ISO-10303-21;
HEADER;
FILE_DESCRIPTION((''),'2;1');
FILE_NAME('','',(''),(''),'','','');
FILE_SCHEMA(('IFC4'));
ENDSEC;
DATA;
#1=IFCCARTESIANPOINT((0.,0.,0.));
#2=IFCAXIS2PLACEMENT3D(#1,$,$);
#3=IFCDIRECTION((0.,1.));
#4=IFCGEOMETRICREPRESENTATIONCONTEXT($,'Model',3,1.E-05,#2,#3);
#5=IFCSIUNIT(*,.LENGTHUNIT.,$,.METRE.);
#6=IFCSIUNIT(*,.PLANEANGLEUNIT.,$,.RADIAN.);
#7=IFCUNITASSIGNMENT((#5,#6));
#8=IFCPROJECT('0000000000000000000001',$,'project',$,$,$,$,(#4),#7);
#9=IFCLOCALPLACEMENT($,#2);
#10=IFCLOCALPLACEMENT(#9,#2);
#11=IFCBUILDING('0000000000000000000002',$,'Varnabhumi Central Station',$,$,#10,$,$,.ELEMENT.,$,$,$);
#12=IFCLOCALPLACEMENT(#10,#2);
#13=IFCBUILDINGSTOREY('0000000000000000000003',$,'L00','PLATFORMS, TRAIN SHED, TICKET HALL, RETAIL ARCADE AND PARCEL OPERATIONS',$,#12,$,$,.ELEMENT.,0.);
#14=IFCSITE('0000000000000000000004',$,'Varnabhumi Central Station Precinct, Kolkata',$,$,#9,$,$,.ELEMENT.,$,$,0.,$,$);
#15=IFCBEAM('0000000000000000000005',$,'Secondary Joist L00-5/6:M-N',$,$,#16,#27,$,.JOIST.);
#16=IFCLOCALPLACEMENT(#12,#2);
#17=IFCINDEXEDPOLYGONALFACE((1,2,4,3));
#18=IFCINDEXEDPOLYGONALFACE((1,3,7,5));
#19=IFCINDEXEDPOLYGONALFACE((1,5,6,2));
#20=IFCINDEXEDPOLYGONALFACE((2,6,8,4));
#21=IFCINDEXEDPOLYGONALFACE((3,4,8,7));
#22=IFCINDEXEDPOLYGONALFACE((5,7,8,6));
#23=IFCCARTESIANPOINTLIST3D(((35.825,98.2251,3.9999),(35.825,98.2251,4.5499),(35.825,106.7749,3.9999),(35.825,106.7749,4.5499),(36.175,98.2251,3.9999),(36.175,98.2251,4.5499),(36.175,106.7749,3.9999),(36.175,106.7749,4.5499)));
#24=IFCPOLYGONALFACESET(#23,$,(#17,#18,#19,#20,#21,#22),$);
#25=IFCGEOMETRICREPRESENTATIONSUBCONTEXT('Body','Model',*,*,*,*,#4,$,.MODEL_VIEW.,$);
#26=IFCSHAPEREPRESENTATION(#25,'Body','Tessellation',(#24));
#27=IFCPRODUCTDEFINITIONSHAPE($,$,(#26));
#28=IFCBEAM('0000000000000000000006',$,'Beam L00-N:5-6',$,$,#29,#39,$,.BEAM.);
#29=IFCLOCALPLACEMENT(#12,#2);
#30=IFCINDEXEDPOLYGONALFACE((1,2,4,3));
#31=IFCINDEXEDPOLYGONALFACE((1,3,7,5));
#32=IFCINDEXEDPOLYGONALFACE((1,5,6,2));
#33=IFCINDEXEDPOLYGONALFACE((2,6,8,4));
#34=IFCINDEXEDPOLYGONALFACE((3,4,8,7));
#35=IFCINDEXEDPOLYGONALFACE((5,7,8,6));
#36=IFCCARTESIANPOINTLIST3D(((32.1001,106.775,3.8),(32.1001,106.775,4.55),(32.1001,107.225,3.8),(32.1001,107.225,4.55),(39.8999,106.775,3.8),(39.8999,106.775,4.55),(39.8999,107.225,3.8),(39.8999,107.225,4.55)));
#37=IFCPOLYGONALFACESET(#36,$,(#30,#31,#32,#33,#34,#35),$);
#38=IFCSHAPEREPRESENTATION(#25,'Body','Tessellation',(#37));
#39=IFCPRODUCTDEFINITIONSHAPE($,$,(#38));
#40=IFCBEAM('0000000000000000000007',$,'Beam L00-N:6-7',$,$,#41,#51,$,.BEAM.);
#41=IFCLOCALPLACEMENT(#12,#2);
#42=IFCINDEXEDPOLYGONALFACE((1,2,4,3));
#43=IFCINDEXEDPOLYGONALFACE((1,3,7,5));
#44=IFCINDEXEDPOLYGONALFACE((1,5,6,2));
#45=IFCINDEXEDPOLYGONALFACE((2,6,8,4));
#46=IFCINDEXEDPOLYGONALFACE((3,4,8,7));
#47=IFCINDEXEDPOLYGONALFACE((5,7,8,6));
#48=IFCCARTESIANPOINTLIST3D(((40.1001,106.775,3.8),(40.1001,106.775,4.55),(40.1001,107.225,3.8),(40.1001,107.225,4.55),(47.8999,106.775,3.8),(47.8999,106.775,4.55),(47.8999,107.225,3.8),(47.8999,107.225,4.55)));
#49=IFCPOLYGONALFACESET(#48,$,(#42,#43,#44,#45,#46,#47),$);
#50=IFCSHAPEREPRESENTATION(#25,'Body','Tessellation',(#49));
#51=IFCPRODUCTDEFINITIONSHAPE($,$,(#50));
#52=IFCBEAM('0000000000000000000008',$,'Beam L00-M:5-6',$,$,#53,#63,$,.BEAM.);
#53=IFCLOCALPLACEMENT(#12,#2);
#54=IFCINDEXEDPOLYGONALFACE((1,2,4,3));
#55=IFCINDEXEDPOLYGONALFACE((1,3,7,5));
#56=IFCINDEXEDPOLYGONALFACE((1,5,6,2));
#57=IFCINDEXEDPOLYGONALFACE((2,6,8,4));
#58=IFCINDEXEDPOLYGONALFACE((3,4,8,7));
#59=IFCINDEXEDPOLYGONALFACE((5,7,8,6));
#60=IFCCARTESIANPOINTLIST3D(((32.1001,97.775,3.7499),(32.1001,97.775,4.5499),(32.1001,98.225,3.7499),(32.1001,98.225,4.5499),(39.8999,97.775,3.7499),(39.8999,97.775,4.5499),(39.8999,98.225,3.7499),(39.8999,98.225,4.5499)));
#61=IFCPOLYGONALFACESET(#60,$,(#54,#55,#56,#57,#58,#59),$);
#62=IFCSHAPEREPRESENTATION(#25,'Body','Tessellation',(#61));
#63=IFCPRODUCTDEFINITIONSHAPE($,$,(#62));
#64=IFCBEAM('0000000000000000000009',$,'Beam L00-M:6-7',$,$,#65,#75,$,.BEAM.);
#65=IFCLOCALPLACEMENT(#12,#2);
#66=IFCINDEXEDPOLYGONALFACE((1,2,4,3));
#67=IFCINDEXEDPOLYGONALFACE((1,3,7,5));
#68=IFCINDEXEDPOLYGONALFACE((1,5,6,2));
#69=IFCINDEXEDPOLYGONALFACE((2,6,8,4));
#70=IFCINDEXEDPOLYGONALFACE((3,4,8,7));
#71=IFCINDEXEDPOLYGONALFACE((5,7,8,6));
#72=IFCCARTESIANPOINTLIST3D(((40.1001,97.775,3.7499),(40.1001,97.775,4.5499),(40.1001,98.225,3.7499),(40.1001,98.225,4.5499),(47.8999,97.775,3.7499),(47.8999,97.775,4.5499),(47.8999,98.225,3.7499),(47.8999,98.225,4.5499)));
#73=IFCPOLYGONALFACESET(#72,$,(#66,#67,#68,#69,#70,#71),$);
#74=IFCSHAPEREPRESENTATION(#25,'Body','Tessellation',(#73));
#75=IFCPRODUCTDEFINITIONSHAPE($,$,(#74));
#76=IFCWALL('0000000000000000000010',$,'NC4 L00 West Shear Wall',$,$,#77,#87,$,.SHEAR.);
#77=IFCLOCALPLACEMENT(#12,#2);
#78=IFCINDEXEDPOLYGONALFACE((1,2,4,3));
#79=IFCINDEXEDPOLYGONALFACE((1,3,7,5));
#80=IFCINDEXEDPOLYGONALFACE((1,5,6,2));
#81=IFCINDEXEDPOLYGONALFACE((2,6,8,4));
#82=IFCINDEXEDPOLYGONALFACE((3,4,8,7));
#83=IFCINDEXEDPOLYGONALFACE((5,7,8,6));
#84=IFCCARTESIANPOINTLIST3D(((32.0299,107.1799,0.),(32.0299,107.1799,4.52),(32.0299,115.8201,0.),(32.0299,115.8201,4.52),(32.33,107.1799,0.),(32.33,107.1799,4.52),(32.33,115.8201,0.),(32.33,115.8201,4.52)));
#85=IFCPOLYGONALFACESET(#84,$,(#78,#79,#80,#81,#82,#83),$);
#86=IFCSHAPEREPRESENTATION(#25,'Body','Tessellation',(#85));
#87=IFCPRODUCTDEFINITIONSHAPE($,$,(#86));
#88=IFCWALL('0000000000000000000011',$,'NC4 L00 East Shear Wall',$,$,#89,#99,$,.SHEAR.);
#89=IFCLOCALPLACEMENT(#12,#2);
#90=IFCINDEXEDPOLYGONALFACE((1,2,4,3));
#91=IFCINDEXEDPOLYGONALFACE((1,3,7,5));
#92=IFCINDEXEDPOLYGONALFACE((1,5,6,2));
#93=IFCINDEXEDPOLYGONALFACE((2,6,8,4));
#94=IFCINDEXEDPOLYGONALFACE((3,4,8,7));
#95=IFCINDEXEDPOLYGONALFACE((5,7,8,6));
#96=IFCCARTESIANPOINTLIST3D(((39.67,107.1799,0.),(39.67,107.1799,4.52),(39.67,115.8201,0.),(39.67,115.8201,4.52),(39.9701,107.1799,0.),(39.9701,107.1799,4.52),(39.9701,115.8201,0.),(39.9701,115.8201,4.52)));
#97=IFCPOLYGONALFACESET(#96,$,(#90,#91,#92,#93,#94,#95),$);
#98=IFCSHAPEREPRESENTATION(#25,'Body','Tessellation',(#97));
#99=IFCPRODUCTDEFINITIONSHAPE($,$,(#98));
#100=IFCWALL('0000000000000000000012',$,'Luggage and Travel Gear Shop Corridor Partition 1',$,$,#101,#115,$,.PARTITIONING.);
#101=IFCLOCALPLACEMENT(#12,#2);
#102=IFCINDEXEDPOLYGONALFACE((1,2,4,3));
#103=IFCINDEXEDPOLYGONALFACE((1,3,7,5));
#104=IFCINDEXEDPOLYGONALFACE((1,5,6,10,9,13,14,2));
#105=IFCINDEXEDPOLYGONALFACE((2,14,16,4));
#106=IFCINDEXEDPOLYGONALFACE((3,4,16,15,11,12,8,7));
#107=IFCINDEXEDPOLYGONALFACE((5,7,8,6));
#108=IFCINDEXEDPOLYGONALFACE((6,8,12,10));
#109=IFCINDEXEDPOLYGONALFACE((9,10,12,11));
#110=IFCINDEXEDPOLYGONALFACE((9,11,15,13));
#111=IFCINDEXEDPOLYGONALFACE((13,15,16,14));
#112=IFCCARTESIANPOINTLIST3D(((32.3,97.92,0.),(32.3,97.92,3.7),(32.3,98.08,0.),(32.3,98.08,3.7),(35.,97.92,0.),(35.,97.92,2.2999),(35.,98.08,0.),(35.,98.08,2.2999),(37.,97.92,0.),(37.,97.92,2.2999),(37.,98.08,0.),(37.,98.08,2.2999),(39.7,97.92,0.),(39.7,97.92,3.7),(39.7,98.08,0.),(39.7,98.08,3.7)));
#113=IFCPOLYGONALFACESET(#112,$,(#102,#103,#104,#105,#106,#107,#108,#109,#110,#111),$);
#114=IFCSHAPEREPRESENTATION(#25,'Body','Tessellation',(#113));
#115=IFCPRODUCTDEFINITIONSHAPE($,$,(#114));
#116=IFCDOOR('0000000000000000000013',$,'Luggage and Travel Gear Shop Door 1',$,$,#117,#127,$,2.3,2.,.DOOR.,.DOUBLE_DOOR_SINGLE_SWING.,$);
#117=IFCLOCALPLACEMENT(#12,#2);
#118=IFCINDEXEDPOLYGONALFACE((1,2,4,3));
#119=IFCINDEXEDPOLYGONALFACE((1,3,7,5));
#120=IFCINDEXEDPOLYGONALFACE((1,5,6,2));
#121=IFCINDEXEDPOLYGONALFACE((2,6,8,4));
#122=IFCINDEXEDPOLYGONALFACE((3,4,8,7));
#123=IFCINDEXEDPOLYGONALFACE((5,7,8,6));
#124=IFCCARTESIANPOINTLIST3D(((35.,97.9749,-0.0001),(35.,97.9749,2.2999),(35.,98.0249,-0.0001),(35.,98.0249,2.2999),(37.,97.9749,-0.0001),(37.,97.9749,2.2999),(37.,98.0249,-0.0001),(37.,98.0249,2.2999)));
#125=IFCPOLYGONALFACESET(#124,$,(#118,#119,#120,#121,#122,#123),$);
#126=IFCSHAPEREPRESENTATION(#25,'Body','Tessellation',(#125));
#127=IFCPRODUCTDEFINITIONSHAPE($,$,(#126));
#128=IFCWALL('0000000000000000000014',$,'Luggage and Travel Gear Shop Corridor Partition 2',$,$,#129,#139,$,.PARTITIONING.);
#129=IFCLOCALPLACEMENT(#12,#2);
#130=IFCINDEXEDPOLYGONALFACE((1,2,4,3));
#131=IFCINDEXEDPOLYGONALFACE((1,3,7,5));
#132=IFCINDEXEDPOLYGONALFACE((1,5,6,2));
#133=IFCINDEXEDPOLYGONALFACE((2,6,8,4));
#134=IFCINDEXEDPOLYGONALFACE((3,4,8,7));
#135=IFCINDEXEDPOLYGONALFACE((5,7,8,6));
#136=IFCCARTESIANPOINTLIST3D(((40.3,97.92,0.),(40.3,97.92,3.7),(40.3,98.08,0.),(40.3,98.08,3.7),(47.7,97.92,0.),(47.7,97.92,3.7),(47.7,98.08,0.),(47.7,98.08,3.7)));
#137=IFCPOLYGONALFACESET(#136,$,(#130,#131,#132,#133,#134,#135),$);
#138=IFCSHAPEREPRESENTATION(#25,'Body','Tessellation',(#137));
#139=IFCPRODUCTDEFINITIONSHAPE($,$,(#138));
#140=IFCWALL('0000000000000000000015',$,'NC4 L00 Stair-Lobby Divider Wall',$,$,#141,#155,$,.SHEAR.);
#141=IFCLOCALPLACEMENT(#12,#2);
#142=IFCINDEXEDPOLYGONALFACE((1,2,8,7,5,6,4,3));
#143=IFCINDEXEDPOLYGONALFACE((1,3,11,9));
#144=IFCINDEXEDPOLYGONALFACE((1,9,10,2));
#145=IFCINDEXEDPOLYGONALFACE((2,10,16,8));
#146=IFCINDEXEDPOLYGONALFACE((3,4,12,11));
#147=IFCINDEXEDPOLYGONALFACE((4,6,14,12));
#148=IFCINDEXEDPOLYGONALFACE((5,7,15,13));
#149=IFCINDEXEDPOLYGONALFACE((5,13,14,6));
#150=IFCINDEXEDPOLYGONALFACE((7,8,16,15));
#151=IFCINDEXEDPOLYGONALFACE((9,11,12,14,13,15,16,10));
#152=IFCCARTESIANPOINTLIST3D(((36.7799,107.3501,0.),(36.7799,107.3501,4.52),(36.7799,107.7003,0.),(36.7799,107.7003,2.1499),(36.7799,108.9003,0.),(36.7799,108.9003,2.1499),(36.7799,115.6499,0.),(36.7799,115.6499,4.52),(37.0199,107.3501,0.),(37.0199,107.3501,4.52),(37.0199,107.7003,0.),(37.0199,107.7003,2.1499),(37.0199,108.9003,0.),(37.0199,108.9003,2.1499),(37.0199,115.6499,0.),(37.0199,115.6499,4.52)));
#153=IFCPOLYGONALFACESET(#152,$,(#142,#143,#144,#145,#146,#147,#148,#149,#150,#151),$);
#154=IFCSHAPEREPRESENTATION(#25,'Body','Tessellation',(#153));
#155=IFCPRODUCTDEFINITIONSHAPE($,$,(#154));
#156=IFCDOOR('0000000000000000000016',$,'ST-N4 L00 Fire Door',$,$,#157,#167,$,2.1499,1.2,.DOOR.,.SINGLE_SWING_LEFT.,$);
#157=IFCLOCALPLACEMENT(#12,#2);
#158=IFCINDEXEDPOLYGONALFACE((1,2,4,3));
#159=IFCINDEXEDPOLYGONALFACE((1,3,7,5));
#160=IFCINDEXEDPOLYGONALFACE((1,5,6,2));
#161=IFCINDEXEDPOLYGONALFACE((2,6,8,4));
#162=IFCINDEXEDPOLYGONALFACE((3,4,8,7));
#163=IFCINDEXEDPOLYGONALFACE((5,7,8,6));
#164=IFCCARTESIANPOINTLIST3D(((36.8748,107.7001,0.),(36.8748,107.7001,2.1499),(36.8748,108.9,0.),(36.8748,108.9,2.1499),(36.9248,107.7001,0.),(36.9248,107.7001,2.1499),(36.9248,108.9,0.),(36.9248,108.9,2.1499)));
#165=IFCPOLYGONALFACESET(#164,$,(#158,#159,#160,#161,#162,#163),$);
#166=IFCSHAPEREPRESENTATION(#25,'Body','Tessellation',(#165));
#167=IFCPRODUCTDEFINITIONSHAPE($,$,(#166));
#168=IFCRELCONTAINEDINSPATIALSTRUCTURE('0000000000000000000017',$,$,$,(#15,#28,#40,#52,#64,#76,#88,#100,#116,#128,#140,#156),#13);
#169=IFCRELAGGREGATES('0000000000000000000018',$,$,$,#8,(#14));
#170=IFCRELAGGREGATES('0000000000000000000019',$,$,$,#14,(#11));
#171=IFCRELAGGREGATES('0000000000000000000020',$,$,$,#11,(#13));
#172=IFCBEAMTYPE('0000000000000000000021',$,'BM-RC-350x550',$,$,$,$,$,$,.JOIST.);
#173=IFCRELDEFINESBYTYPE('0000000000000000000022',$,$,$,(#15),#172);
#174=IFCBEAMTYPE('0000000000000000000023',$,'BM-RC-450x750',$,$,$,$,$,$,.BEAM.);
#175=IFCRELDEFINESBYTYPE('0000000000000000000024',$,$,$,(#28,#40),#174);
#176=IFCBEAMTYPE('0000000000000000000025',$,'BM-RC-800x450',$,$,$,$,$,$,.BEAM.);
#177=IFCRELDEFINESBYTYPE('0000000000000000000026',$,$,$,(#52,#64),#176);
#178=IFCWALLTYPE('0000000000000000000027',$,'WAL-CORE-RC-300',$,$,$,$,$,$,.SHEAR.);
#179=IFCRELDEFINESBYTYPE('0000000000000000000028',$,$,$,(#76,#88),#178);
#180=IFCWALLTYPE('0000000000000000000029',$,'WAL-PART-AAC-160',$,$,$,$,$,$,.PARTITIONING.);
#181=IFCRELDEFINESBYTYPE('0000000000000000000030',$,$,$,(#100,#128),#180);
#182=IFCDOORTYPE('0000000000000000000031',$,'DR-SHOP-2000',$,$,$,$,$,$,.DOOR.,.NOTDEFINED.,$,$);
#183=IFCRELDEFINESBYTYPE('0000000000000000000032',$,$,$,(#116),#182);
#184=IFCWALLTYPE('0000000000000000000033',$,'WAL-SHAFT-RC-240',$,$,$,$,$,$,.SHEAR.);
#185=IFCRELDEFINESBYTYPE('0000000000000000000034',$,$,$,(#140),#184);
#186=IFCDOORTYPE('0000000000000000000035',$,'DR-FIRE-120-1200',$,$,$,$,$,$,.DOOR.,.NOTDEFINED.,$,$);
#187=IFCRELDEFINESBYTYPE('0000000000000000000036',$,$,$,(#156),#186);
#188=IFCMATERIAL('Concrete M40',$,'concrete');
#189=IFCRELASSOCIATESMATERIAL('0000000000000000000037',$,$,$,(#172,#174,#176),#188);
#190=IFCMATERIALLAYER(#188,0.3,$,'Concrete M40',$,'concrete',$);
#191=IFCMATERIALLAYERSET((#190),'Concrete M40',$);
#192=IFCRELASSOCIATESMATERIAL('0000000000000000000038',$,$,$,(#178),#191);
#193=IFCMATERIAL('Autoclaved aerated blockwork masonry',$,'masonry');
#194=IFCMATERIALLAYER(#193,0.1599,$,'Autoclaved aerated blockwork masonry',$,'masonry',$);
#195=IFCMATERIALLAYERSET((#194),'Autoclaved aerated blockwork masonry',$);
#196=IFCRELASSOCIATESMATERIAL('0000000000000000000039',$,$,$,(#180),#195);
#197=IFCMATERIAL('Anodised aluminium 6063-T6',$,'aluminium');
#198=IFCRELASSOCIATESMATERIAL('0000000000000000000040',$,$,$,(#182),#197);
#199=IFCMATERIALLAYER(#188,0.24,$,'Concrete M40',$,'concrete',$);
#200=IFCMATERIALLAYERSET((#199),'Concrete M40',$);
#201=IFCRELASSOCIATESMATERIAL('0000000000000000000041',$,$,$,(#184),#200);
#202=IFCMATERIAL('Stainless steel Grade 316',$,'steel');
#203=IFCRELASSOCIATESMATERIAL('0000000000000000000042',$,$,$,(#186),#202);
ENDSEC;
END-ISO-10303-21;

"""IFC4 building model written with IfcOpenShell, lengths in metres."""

from ifc_helpers import new_model, si_unit, direction, frame, frame_2d, origin, origin_2d, place, context, subcontext, project, spatial, rectangle, extrude, material, layer, layer_set, material_profile, profile_set, type_object, element, fill, save


model = new_model("IFC4")

# Units and contexts
model_context = context("Model", 3, precision=1e-05, world=origin(), true_north=direction((0.0, 1.0)))
body_context = subcontext(model_context, "Body", "Model", "MODEL_VIEW")
ifc_project = project(units=[si_unit("LENGTHUNIT", "METRE"), si_unit("PLANEANGLEUNIT", "RADIAN")], contexts=[model_context])

# Site, building, storey
site_placement = place(None, origin())
site = spatial("IfcSite", under=ifc_project, at=site_placement, Name="Varnabhumi Central Station Precinct, Kolkata", CompositionType="ELEMENT", RefElevation=0.0)
building_placement = place(site_placement, origin())
building = spatial("IfcBuilding", under=site, at=building_placement, Name="Varnabhumi Central Station", CompositionType="ELEMENT")
storey_placement = place(building_placement, origin())
storey = spatial("IfcBuildingStorey", under=building, at=storey_placement, Name="L00", Description="PLATFORMS, TRAIN SHED, TICKET HALL, RETAIL ARCADE AND PARCEL OPERATIONS", CompositionType="ELEMENT", Elevation=0.0)

# Shared definitions
ifc_material_1 = material(Name="Concrete M40", Category="concrete")

# Beams
ifc_material_profile_1 = material_profile(ifc_material_1, rectangle(XDim=0.3501, YDim=0.55, at=origin_2d()), Name="Concrete M40", Category="concrete")
ifc_profile_set_1 = profile_set([ifc_material_profile_1], Name="Concrete M40")
beam_type_1 = type_object("IfcBeamType", Name="BM-RC-350x550", PredefinedType="JOIST", material=ifc_profile_set_1)
beam_1_placement = place(storey_placement, frame((36.0, 98.2251, 4.2749), z_axis=(0.0, 1.0, 0.0), x_axis=(-1.0, 0.0, 0.0)))
element("IfcBeam", 1, at=beam_1_placement, inside=storey, type_object=beam_type_1, Name="Secondary Joist L00-5/6:M-N", PredefinedType="JOIST", context=body_context, shape_type="SweptSolid", body=[
    extrude(rectangle(XDim=0.3501, YDim=0.55, at=origin_2d()), origin(), (0.0, 0.0, 1.0), 8.5498),
])
ifc_material_profile_2 = material_profile(ifc_material_1, rectangle(XDim=0.45, YDim=0.75, at=origin_2d()), Name="Concrete M40", Category="concrete")
ifc_profile_set_2 = profile_set([ifc_material_profile_2], Name="Concrete M40")
beam_type_2 = type_object("IfcBeamType", Name="BM-RC-450x750", PredefinedType="BEAM", material=ifc_profile_set_2)
for number, where, z_axis, x_axis, name in (
    (2, (32.1001, 107.0, 4.175), (1.0, 0.0, 0.0), (0.0, 1.0, 0.0), "Beam L00-N:5-6"),
    (3, (40.1001, 107.0, 4.175), (1.0, 0.0, 0.0), (0.0, 1.0, 0.0), "Beam L00-N:6-7"),
):
    element("IfcBeam", number, at=place(storey_placement, frame(where, z_axis=z_axis, x_axis=x_axis)), inside=storey, type_object=beam_type_2, Name=name, PredefinedType="BEAM", context=body_context, shape_type="SweptSolid", body=[
        extrude(rectangle(XDim=0.45, YDim=0.75, at=origin_2d()), origin(), (0.0, 0.0, 1.0), 7.7998),
    ])
ifc_material_profile_3 = material_profile(ifc_material_1, rectangle(XDim=0.45, YDim=0.8, at=origin_2d()), Name="Concrete M40", Category="concrete")
ifc_profile_set_3 = profile_set([ifc_material_profile_3], Name="Concrete M40")
beam_type_3 = type_object("IfcBeamType", Name="BM-RC-800x450", PredefinedType="BEAM", material=ifc_profile_set_3)
for number, where, z_axis, x_axis, name in (
    (4, (32.1001, 98.0, 4.1499), (1.0, 0.0, 0.0), (0.0, 1.0, 0.0), "Beam L00-M:5-6"),
    (5, (40.1001, 98.0, 4.1499), (1.0, 0.0, 0.0), (0.0, 1.0, 0.0), "Beam L00-M:6-7"),
):
    element("IfcBeam", number, at=place(storey_placement, frame(where, z_axis=z_axis, x_axis=x_axis)), inside=storey, type_object=beam_type_3, Name=name, PredefinedType="BEAM", context=body_context, shape_type="SweptSolid", body=[
        extrude(rectangle(XDim=0.45, YDim=0.8, at=origin_2d()), origin(), (0.0, 0.0, 1.0), 7.7998),
    ])

# Walls
ifc_layer_1 = layer(ifc_material_1, 0.3, Name="Concrete M40", Category="concrete")
ifc_layer_set_1 = layer_set([ifc_layer_1], Name="Concrete M40")
wall_type_1 = type_object("IfcWallType", Name="WAL-CORE-RC-300", PredefinedType="SHEAR", material=ifc_layer_set_1)
for number, where, z_axis, x_axis, name in (
    (6, (32.1799, 107.1799, 0.0), (0.0, 0.0, 1.0), (0.0, 1.0, 0.0), "NC4 L00 West Shear Wall"),
    (7, (39.8201, 107.1799, 0.0), (0.0, 0.0, 1.0), (0.0, 1.0, 0.0), "NC4 L00 East Shear Wall"),
):
    element("IfcWall", number, at=place(storey_placement, frame(where, z_axis=z_axis, x_axis=x_axis)), inside=storey, type_object=wall_type_1, Name=name, PredefinedType="SHEAR", context=body_context, shape_type="SweptSolid", body=[
        extrude(rectangle(XDim=8.6401, YDim=0.3, at=frame_2d((4.3201, 0.0))), origin(), (0.0, 0.0, 1.0), 4.52),
    ])

# Wall, opening, door
ifc_material_2 = material(Name="Autoclaved aerated blockwork masonry", Category="masonry")
ifc_layer_2 = layer(ifc_material_2, 0.1599, Name="Autoclaved aerated blockwork masonry", Category="masonry")
ifc_layer_set_2 = layer_set([ifc_layer_2], Name="Autoclaved aerated blockwork masonry")
wall_type_2 = type_object("IfcWallType", Name="WAL-PART-AAC-160", PredefinedType="PARTITIONING", material=ifc_layer_set_2)
wall_1_placement = place(storey_placement, frame((32.3, 98.0, 0.0), z_axis=(0.0, 0.0, 1.0), x_axis=(1.0, 0.0, 0.0)))
wall_1 = element("IfcWall", 8, at=wall_1_placement, inside=storey, type_object=wall_type_2, Name="Luggage and Travel Gear Shop Corridor Partition 1", PredefinedType="PARTITIONING", context=body_context, shape_type="SweptSolid", body=[
    extrude(rectangle(XDim=7.3999, YDim=0.1599, at=frame_2d((3.7, 0.0))), origin(), (0.0, 0.0, 1.0), 3.7),
])
opening_1_placement = place(wall_1_placement, frame((2.7, 0.0, 0.0)))
opening_1 = element("IfcOpeningElement", 9, at=opening_1_placement, cuts=wall_1, PredefinedType="OPENING", context=body_context, shape_type="SweptSolid", body=[
    extrude(rectangle(XDim=2.0, YDim=2.3, at=frame_2d((1.0, 1.1499))), frame((0.0, 0.0898, 0.0), z_axis=(0.0, -1.0, 0.0), x_axis=(1.0, 0.0, 0.0)), (0.0, 0.0, 1.0), 0.1799),
])
ifc_material_3 = material(Name="Anodised aluminium 6063-T6", Category="aluminium")
door_type_1 = type_object("IfcDoorType", Name="DR-SHOP-2000", OperationType="NOTDEFINED", PredefinedType="DOOR", material=ifc_material_3)
door_1_placement = place(opening_1_placement, origin())
door_1 = element("IfcDoor", 10, at=door_1_placement, inside=storey, type_object=door_type_1, Name="Luggage and Travel Gear Shop Door 1", OperationType="DOUBLE_DOOR_SINGLE_SWING", OverallHeight=2.3, OverallWidth=2.0, PredefinedType="DOOR", context=body_context, shape_type="SweptSolid", body=[
    extrude(rectangle(XDim=2.0, YDim=2.3, at=frame_2d((1.0, 1.1499))), frame((0.0, 0.0249, 0.0), z_axis=(0.0, -1.0, 0.0), x_axis=(1.0, 0.0, 0.0)), (0.0, 0.0, 1.0), 0.05),
])
fill(opening_1, door_1)

# Wall
wall_2_placement = place(storey_placement, frame((40.3, 98.0, 0.0), z_axis=(0.0, 0.0, 1.0), x_axis=(1.0, 0.0, 0.0)))
element("IfcWall", 11, at=wall_2_placement, inside=storey, type_object=wall_type_2, Name="Luggage and Travel Gear Shop Corridor Partition 2", PredefinedType="PARTITIONING", context=body_context, shape_type="SweptSolid", body=[
    extrude(rectangle(XDim=7.3999, YDim=0.1599, at=frame_2d((3.7, 0.0))), origin(), (0.0, 0.0, 1.0), 3.7),
])

# Wall, opening, door
ifc_layer_3 = layer(ifc_material_1, 0.24, Name="Concrete M40", Category="concrete")
ifc_layer_set_3 = layer_set([ifc_layer_3], Name="Concrete M40")
wall_type_3 = type_object("IfcWallType", Name="WAL-SHAFT-RC-240", PredefinedType="SHEAR", material=ifc_layer_set_3)
wall_3_placement = place(storey_placement, frame((36.8999, 107.3501, 0.0), z_axis=(0.0, 0.0, 1.0), x_axis=(0.0, 1.0, 0.0)))
wall_3 = element("IfcWall", 12, at=wall_3_placement, inside=storey, type_object=wall_type_3, Name="NC4 L00 Stair-Lobby Divider Wall", PredefinedType="SHEAR", context=body_context, shape_type="SweptSolid", body=[
    extrude(rectangle(XDim=8.2998, YDim=0.24, at=frame_2d((4.1499, 0.0))), origin(), (0.0, 0.0, 1.0), 4.52),
])
opening_2_placement = place(wall_3_placement, frame((0.3501, 0.0, 0.0)))
opening_2 = element("IfcOpeningElement", 13, at=opening_2_placement, cuts=wall_3, PredefinedType="OPENING", context=body_context, shape_type="SweptSolid", body=[
    extrude(rectangle(XDim=1.2, YDim=2.1499, at=frame_2d((0.6001, 1.075))), frame((0.0, 0.1299, 0.0), z_axis=(0.0, -1.0, 0.0), x_axis=(1.0, 0.0, 0.0)), (0.0, 0.0, 1.0), 0.26),
])
ifc_material_4 = material(Name="Stainless steel Grade 316", Category="steel")
door_type_2 = type_object("IfcDoorType", Name="DR-FIRE-120-1200", OperationType="NOTDEFINED", PredefinedType="DOOR", material=ifc_material_4)
door_2_placement = place(opening_2_placement, frame((1.2, 0.0, 0.0), z_axis=(0.0, 0.0, 1.0), x_axis=(-1.0, 0.0, 0.0)))
door_2 = element("IfcDoor", 14, at=door_2_placement, inside=storey, type_object=door_type_2, Name="ST-N4 L00 Fire Door", OperationType="SINGLE_SWING_LEFT", OverallHeight=2.1499, OverallWidth=1.2, PredefinedType="DOOR", context=body_context, shape_type="SweptSolid", body=[
    extrude(rectangle(XDim=1.2, YDim=2.1499, at=frame_2d((0.6001, 1.075))), frame((0.0, 0.0249, 0.0), z_axis=(0.0, -1.0, 0.0), x_axis=(1.0, 0.0, 0.0)), (0.0, 0.0, 1.0), 0.05),
])
fill(opening_2, door_2)

save(model, "model.ifc")
